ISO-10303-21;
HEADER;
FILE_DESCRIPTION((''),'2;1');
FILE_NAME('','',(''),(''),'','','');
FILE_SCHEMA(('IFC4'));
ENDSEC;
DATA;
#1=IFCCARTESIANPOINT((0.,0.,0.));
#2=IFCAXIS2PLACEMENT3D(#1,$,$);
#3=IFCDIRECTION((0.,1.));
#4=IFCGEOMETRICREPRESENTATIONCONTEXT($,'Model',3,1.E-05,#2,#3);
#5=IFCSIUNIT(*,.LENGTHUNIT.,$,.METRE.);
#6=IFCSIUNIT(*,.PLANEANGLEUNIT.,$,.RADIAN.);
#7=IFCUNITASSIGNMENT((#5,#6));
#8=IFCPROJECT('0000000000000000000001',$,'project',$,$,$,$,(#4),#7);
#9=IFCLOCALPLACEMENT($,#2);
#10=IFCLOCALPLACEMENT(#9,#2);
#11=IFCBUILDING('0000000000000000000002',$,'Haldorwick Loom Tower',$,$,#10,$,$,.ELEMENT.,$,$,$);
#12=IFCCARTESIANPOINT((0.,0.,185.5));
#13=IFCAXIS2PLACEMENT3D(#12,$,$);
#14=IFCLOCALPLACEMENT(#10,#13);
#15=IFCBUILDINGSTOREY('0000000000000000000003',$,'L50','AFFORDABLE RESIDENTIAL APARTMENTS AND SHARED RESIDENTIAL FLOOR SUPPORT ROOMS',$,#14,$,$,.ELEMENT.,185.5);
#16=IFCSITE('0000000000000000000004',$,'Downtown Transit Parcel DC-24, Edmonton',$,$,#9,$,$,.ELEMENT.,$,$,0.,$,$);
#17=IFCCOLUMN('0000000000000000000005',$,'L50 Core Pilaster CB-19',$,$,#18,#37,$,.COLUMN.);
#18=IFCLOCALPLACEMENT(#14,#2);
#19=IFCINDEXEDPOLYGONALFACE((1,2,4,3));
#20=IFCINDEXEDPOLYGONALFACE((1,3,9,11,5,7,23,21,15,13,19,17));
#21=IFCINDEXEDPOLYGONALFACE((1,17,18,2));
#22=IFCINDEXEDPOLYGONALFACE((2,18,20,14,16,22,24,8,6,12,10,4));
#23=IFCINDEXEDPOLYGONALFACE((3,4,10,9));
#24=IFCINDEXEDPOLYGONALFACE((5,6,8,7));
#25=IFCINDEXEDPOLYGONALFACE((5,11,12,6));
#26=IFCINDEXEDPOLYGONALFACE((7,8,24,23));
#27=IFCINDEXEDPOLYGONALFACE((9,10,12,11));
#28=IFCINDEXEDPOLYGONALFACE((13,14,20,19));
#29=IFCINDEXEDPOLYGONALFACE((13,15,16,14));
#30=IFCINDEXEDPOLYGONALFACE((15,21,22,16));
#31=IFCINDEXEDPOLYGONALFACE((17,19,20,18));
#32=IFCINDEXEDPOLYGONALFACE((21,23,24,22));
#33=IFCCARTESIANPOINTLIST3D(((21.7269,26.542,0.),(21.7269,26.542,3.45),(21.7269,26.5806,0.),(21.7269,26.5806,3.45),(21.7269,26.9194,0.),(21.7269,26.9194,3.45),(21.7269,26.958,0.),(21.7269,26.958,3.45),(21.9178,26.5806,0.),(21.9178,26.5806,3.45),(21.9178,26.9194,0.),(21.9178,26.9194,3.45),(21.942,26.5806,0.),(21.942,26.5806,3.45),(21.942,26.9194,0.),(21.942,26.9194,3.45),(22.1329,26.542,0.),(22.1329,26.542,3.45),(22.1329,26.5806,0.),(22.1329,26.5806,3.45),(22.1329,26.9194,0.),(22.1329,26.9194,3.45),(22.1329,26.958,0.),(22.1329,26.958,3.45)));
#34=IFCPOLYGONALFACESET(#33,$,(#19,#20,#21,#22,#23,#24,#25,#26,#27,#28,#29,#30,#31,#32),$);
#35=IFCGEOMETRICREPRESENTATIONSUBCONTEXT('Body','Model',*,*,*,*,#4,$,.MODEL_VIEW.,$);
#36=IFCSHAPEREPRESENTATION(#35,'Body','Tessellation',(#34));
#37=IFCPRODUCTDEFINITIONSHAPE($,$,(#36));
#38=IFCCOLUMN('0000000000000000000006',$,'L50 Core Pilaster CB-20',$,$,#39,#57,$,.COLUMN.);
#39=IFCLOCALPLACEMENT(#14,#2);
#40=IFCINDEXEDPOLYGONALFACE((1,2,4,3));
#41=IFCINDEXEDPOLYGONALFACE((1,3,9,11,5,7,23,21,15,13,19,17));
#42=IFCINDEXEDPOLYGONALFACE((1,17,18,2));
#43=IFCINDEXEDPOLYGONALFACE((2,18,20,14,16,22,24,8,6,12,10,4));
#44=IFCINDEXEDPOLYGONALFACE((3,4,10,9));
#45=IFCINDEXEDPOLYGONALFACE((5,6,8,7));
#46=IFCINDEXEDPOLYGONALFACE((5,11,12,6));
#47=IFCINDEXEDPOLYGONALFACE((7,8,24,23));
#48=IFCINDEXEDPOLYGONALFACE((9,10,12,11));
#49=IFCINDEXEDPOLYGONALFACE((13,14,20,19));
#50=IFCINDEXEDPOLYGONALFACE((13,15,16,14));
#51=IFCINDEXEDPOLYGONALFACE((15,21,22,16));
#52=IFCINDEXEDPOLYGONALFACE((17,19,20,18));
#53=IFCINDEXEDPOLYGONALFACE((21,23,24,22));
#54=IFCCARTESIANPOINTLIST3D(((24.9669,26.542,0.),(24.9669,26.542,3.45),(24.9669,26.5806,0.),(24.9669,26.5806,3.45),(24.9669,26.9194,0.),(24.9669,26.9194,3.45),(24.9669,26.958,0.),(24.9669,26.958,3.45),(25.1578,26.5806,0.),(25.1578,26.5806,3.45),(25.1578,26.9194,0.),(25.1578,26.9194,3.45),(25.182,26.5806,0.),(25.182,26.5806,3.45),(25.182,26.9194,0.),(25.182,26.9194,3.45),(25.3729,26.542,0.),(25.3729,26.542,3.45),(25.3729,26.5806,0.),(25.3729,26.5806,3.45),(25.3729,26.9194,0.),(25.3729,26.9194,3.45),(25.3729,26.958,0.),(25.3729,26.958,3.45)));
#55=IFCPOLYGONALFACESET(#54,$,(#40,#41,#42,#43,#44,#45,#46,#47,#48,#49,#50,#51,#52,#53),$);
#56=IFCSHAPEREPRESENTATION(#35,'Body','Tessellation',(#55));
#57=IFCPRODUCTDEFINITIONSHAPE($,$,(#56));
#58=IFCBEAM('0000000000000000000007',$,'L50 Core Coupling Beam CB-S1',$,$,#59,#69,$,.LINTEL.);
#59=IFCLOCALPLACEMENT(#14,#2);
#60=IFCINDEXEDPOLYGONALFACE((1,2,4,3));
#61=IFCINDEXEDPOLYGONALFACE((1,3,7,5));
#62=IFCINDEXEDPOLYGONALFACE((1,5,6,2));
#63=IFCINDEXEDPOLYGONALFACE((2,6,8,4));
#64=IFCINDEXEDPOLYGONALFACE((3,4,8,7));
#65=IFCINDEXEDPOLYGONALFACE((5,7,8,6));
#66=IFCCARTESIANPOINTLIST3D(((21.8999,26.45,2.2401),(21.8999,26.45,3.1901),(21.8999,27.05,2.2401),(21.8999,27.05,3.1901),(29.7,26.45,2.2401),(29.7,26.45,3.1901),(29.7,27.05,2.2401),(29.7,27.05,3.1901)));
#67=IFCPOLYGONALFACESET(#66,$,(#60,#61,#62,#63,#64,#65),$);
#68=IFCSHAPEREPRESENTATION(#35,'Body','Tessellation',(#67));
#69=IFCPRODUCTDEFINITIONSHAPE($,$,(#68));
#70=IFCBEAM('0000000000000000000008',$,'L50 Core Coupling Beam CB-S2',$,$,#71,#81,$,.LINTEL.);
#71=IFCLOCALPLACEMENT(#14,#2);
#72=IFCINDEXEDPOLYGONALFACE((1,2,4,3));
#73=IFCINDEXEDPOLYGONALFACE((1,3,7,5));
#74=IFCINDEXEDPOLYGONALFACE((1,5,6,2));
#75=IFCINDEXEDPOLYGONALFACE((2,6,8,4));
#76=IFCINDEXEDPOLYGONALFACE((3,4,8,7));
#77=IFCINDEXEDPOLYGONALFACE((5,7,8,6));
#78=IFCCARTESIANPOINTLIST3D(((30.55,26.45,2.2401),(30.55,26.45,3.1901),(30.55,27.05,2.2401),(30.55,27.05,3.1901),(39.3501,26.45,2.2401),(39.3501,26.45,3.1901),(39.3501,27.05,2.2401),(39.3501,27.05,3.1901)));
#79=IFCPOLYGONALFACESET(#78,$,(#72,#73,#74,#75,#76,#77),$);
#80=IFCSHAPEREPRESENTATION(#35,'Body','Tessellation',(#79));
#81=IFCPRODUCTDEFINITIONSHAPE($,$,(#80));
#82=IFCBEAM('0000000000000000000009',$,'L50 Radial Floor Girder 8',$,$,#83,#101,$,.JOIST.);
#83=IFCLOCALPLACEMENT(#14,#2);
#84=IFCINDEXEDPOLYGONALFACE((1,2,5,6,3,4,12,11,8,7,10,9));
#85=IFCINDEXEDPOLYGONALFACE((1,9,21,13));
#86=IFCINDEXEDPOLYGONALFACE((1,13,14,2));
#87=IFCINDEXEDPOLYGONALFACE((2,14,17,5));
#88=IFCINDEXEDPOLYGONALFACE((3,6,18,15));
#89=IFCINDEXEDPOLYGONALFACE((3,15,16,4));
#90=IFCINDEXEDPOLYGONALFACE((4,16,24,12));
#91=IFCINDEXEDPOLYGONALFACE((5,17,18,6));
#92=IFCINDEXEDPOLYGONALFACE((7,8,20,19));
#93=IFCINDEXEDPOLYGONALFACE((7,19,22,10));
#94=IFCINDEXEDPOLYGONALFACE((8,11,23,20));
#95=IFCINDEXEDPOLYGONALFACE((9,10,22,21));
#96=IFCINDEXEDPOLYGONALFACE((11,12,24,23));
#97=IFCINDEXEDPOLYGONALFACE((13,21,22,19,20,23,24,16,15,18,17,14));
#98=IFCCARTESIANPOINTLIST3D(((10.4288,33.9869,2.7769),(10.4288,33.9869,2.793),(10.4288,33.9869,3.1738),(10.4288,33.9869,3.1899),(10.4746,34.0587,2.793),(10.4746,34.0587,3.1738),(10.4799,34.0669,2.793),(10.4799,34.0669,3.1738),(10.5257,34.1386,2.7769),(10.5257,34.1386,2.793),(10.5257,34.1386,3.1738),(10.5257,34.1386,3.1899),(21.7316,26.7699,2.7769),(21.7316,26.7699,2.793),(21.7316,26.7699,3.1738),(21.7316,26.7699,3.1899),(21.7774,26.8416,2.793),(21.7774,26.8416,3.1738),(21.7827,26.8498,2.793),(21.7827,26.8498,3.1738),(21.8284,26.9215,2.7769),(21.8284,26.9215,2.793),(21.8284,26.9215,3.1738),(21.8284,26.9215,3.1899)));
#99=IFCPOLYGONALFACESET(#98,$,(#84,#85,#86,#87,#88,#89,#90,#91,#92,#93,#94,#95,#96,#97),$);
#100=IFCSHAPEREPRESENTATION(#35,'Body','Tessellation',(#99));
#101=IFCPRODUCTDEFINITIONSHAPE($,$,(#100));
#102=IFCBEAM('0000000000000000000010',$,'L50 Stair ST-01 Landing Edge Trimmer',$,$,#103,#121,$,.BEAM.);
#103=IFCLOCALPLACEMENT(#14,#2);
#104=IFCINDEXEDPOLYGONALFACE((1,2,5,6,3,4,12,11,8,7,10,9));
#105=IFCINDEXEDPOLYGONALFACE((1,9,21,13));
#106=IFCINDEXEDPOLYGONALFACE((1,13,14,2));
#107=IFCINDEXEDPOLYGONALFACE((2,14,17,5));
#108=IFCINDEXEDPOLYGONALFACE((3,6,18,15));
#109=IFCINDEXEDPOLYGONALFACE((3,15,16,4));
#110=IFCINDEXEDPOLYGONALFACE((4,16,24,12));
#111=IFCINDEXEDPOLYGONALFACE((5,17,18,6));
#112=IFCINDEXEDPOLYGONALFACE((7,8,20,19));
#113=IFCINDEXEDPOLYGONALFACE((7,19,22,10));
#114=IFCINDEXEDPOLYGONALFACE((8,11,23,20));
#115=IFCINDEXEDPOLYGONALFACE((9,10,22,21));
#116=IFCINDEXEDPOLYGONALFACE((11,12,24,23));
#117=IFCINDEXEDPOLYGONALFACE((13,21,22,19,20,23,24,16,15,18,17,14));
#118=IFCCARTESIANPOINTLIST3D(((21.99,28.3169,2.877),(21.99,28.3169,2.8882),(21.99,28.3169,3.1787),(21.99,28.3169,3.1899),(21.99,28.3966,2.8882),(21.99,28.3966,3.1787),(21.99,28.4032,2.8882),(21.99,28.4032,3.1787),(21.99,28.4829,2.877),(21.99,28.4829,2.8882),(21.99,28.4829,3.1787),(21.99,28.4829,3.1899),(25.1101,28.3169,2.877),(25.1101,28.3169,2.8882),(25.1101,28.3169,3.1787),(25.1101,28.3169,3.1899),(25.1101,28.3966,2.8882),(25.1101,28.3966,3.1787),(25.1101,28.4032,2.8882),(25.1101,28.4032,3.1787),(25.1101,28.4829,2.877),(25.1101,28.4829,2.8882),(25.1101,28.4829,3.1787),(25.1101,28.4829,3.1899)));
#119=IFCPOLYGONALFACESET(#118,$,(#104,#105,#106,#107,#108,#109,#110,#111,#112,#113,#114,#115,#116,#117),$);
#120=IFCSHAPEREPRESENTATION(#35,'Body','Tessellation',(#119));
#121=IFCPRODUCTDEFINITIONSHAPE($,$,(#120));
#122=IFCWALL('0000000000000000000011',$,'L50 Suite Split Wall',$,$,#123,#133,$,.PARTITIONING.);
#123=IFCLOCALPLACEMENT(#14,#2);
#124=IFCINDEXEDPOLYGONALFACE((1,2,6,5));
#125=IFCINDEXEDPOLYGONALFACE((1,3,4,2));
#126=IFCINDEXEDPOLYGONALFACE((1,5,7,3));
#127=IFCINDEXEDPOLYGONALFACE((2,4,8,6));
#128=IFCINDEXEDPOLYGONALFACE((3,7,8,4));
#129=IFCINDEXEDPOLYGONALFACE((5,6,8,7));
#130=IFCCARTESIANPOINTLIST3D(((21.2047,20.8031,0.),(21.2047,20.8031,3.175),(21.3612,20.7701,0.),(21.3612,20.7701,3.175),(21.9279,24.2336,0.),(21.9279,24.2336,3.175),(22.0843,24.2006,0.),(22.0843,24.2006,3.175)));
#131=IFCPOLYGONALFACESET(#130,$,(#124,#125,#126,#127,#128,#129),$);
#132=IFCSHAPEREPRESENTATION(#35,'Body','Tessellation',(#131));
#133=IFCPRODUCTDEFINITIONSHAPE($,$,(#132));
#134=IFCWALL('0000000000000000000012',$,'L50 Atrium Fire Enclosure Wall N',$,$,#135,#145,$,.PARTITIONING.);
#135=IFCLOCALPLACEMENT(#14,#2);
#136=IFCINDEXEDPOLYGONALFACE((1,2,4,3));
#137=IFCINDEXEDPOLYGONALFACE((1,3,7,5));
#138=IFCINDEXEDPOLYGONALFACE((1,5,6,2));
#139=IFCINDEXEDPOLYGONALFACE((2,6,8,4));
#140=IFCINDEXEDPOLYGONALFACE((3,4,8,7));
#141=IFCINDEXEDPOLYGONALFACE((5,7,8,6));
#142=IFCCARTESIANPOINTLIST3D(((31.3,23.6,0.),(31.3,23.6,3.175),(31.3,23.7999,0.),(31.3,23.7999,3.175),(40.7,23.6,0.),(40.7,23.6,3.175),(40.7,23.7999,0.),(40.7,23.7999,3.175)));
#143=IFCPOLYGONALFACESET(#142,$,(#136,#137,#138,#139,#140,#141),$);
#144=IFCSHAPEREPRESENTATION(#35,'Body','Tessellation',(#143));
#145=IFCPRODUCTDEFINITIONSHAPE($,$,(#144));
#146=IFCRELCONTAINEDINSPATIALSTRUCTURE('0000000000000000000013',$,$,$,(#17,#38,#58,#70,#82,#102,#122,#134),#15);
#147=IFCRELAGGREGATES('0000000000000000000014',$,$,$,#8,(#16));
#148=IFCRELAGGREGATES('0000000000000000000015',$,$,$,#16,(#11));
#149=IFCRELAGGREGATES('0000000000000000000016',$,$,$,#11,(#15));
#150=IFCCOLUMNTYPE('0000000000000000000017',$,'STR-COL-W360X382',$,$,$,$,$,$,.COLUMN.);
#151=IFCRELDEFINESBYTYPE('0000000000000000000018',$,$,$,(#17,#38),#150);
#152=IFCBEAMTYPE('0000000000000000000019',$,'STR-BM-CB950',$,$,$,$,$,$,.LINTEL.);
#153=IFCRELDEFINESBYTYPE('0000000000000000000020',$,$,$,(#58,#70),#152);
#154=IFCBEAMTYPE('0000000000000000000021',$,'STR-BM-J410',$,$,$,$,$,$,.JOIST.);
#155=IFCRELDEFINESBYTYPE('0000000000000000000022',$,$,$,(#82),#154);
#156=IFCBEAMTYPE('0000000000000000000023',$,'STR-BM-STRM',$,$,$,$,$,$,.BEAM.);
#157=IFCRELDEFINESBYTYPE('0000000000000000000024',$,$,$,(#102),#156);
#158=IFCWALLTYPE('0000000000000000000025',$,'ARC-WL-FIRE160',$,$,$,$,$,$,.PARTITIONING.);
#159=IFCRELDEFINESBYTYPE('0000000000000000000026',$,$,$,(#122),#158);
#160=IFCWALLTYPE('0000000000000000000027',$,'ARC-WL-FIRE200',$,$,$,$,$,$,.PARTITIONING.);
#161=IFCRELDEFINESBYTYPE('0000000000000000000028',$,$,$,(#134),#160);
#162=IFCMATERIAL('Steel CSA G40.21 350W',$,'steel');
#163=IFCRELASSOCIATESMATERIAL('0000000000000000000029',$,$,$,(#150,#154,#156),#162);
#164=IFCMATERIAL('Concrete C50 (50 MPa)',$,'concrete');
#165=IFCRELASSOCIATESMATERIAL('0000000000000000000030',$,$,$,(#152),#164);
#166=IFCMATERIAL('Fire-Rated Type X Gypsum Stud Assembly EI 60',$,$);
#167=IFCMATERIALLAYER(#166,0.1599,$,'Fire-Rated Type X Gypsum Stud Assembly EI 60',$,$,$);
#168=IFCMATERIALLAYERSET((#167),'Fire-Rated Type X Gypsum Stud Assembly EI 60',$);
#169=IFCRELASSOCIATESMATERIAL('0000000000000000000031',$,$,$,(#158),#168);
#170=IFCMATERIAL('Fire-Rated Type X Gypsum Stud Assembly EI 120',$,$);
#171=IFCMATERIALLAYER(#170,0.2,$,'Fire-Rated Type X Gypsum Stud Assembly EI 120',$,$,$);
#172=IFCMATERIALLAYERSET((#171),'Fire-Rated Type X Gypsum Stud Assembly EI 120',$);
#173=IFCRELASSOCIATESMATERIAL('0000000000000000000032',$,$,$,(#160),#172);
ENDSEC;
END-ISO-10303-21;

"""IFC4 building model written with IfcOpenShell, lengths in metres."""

from ifc_helpers import new_model, si_unit, direction, frame, frame_2d, origin, origin_2d, place, context, subcontext, project, spatial, rectangle, i_section, extrude, material, layer, layer_set, material_profile, profile_set, type_object, element, save


model = new_model("IFC4")

# Units and contexts
model_context = context("Model", 3, precision=1e-05, world=origin(), true_north=direction((0.0, 1.0)))
body_context = subcontext(model_context, "Body", "Model", "MODEL_VIEW")
ifc_project = project(units=[si_unit("LENGTHUNIT", "METRE"), si_unit("PLANEANGLEUNIT", "RADIAN")], contexts=[model_context])

# Site, building, storey
site_placement = place(None, origin())
site = spatial("IfcSite", under=ifc_project, at=site_placement, Name="Downtown Transit Parcel DC-24, Edmonton", CompositionType="ELEMENT", RefElevation=0.0)
building_placement = place(site_placement, origin())
building = spatial("IfcBuilding", under=site, at=building_placement, Name="Haldorwick Loom Tower", CompositionType="ELEMENT")
storey_placement = place(building_placement, frame((0.0, 0.0, 185.5)))
storey = spatial("IfcBuildingStorey", under=building, at=storey_placement, Name="L50", Description="AFFORDABLE RESIDENTIAL APARTMENTS AND SHARED RESIDENTIAL FLOOR SUPPORT ROOMS", CompositionType="ELEMENT", Elevation=185.5)

# Columns
ifc_material_1 = material(Name="Steel CSA G40.21 350W", Category="steel")
ifc_material_profile_1 = material_profile(ifc_material_1, i_section(OverallWidth=0.406, OverallDepth=0.416, WebThickness=0.0242, FlangeThickness=0.0386, at=origin_2d()), Name="W360X382", Category="steel")
ifc_profile_set_1 = profile_set([ifc_material_profile_1], Name="Steel CSA G40.21 350W")
column_type = type_object("IfcColumnType", Name="STR-COL-W360X382", PredefinedType="COLUMN", material=ifc_profile_set_1)
for number, where, z_axis, x_axis, name in (
    (1, (21.9299, 26.75, 0.0), (0.0, 0.0, 1.0), (1.0, 0.0, 0.0), "L50 Core Pilaster CB-19"),
    (2, (25.1699, 26.75, 0.0), (0.0, 0.0, 1.0), (1.0, 0.0, 0.0), "L50 Core Pilaster CB-20"),
):
    element("IfcColumn", number, at=place(storey_placement, frame(where, z_axis=z_axis, x_axis=x_axis)), inside=storey, type_object=column_type, Name=name, PredefinedType="COLUMN", context=body_context, shape_type="SweptSolid", body=[
        extrude(i_section(OverallWidth=0.406, OverallDepth=0.416, WebThickness=0.0242, FlangeThickness=0.0386, at=origin_2d()), origin(), (0.0, 0.0, 1.0), 3.45),
    ])

# Beams
ifc_material_2 = material(Name="Concrete C50 (50 MPa)", Category="concrete")
ifc_material_profile_2 = material_profile(ifc_material_2, rectangle(XDim=0.6001, YDim=0.95, at=origin_2d()), Name="RC600X950", Category="concrete")
ifc_profile_set_2 = profile_set([ifc_material_profile_2], Name="Concrete C50 (50 MPa)")
beam_type_1 = type_object("IfcBeamType", Name="STR-BM-CB950", PredefinedType="LINTEL", material=ifc_profile_set_2)
beam_1_placement = place(storey_placement, frame((21.8999, 26.75, 2.7151), z_axis=(1.0, 0.0, 0.0), x_axis=(0.0, 1.0, 0.0)))
element("IfcBeam", 3, at=beam_1_placement, inside=storey, type_object=beam_type_1, Name="L50 Core Coupling Beam CB-S1", PredefinedType="LINTEL", context=body_context, shape_type="SweptSolid", body=[
    extrude(rectangle(XDim=0.6001, YDim=0.95, at=origin_2d()), origin(), (0.0, 0.0, 1.0), 7.8),
])
beam_2_placement = place(storey_placement, frame((30.55, 26.75, 2.7151), z_axis=(1.0, 0.0, 0.0), x_axis=(0.0, 1.0, 0.0)))
element("IfcBeam", 4, at=beam_2_placement, inside=storey, type_object=beam_type_1, Name="L50 Core Coupling Beam CB-S2", PredefinedType="LINTEL", context=body_context, shape_type="SweptSolid", body=[
    extrude(rectangle(XDim=0.6001, YDim=0.95, at=origin_2d()), origin(), (0.0, 0.0, 1.0), 8.8),
])
ifc_material_profile_3 = material_profile(ifc_material_1, i_section(OverallWidth=0.1799, OverallDepth=0.4131, WebThickness=0.0098, FlangeThickness=0.0161, at=origin_2d()), Name="W410X74", Category="steel")
ifc_profile_set_3 = profile_set([ifc_material_profile_3], Name="Steel CSA G40.21 350W")
beam_type_2 = type_object("IfcBeamType", Name="STR-BM-J410", PredefinedType="JOIST", material=ifc_profile_set_3)
beam_3_placement = place(storey_placement, frame((21.78, 26.8457, 2.9834), z_axis=(-0.842837, 0.538169, 0.0), x_axis=(-0.538169, -0.842837, 0.0)))
element("IfcBeam", 5, at=beam_3_placement, inside=storey, type_object=beam_type_2, Name="L50 Radial Floor Girder 8", PredefinedType="JOIST", context=body_context, shape_type="SweptSolid", body=[
    extrude(i_section(OverallWidth=0.1799, OverallDepth=0.4131, WebThickness=0.0098, FlangeThickness=0.0161, at=origin_2d()), origin(), (0.0, 0.0, 1.0), 13.4104),
])
ifc_material_profile_4 = material_profile(ifc_material_1, i_section(OverallWidth=0.166, OverallDepth=0.313, WebThickness=0.0066, FlangeThickness=0.0112, at=origin_2d()), Name="W310X45", Category="steel")
ifc_profile_set_4 = profile_set([ifc_material_profile_4], Name="Steel CSA G40.21 350W")
beam_type_3 = type_object("IfcBeamType", Name="STR-BM-STRM", PredefinedType="BEAM", material=ifc_profile_set_4)
beam_4_placement = place(storey_placement, frame((21.99, 28.3999, 3.0334), z_axis=(1.0, 0.0, 0.0), x_axis=(0.0, 1.0, 0.0)))
element("IfcBeam", 6, at=beam_4_placement, inside=storey, type_object=beam_type_3, Name="L50 Stair ST-01 Landing Edge Trimmer", PredefinedType="BEAM", context=body_context, shape_type="SweptSolid", body=[
    extrude(i_section(OverallWidth=0.166, OverallDepth=0.313, WebThickness=0.0066, FlangeThickness=0.0112, at=origin_2d()), origin(), (0.0, 0.0, 1.0), 3.1201),
])

# Walls
ifc_material_3 = material(Name="Fire-Rated Type X Gypsum Stud Assembly EI 60")
ifc_layer_1 = layer(ifc_material_3, 0.1599, Name="Fire-Rated Type X Gypsum Stud Assembly EI 60")
ifc_layer_set_1 = layer_set([ifc_layer_1], Name="Fire-Rated Type X Gypsum Stud Assembly EI 60")
wall_type_1 = type_object("IfcWallType", Name="ARC-WL-FIRE160", PredefinedType="PARTITIONING", material=ifc_layer_set_1)
wall_1_placement = place(storey_placement, frame((21.283, 20.7866, 0.0), z_axis=(0.0, 0.0, 1.0), x_axis=(0.20627, 0.978495, 0.0)))
element("IfcWall", 7, at=wall_1_placement, inside=storey, type_object=wall_type_1, Name="L50 Suite Split Wall", PredefinedType="PARTITIONING", context=body_context, shape_type="SweptSolid", body=[
    extrude(rectangle(XDim=3.5059, YDim=0.1599, at=frame_2d((1.7529, 0.0))), origin(), (0.0, 0.0, 1.0), 3.175),
])
ifc_material_4 = material(Name="Fire-Rated Type X Gypsum Stud Assembly EI 120")
ifc_layer_2 = layer(ifc_material_4, 0.2, Name="Fire-Rated Type X Gypsum Stud Assembly EI 120")
ifc_layer_set_2 = layer_set([ifc_layer_2], Name="Fire-Rated Type X Gypsum Stud Assembly EI 120")
wall_type_2 = type_object("IfcWallType", Name="ARC-WL-FIRE200", PredefinedType="PARTITIONING", material=ifc_layer_set_2)
wall_2_placement = place(storey_placement, frame((31.3, 23.7, 0.0), z_axis=(0.0, 0.0, 1.0), x_axis=(1.0, 0.0, 0.0)))
element("IfcWall", 8, at=wall_2_placement, inside=storey, type_object=wall_type_2, Name="L50 Atrium Fire Enclosure Wall N", PredefinedType="PARTITIONING", context=body_context, shape_type="SweptSolid", body=[
    extrude(rectangle(XDim=9.3999, YDim=0.2, at=frame_2d((4.7, 0.0))), origin(), (0.0, 0.0, 1.0), 3.175),
])

save(model, "model.ifc")
